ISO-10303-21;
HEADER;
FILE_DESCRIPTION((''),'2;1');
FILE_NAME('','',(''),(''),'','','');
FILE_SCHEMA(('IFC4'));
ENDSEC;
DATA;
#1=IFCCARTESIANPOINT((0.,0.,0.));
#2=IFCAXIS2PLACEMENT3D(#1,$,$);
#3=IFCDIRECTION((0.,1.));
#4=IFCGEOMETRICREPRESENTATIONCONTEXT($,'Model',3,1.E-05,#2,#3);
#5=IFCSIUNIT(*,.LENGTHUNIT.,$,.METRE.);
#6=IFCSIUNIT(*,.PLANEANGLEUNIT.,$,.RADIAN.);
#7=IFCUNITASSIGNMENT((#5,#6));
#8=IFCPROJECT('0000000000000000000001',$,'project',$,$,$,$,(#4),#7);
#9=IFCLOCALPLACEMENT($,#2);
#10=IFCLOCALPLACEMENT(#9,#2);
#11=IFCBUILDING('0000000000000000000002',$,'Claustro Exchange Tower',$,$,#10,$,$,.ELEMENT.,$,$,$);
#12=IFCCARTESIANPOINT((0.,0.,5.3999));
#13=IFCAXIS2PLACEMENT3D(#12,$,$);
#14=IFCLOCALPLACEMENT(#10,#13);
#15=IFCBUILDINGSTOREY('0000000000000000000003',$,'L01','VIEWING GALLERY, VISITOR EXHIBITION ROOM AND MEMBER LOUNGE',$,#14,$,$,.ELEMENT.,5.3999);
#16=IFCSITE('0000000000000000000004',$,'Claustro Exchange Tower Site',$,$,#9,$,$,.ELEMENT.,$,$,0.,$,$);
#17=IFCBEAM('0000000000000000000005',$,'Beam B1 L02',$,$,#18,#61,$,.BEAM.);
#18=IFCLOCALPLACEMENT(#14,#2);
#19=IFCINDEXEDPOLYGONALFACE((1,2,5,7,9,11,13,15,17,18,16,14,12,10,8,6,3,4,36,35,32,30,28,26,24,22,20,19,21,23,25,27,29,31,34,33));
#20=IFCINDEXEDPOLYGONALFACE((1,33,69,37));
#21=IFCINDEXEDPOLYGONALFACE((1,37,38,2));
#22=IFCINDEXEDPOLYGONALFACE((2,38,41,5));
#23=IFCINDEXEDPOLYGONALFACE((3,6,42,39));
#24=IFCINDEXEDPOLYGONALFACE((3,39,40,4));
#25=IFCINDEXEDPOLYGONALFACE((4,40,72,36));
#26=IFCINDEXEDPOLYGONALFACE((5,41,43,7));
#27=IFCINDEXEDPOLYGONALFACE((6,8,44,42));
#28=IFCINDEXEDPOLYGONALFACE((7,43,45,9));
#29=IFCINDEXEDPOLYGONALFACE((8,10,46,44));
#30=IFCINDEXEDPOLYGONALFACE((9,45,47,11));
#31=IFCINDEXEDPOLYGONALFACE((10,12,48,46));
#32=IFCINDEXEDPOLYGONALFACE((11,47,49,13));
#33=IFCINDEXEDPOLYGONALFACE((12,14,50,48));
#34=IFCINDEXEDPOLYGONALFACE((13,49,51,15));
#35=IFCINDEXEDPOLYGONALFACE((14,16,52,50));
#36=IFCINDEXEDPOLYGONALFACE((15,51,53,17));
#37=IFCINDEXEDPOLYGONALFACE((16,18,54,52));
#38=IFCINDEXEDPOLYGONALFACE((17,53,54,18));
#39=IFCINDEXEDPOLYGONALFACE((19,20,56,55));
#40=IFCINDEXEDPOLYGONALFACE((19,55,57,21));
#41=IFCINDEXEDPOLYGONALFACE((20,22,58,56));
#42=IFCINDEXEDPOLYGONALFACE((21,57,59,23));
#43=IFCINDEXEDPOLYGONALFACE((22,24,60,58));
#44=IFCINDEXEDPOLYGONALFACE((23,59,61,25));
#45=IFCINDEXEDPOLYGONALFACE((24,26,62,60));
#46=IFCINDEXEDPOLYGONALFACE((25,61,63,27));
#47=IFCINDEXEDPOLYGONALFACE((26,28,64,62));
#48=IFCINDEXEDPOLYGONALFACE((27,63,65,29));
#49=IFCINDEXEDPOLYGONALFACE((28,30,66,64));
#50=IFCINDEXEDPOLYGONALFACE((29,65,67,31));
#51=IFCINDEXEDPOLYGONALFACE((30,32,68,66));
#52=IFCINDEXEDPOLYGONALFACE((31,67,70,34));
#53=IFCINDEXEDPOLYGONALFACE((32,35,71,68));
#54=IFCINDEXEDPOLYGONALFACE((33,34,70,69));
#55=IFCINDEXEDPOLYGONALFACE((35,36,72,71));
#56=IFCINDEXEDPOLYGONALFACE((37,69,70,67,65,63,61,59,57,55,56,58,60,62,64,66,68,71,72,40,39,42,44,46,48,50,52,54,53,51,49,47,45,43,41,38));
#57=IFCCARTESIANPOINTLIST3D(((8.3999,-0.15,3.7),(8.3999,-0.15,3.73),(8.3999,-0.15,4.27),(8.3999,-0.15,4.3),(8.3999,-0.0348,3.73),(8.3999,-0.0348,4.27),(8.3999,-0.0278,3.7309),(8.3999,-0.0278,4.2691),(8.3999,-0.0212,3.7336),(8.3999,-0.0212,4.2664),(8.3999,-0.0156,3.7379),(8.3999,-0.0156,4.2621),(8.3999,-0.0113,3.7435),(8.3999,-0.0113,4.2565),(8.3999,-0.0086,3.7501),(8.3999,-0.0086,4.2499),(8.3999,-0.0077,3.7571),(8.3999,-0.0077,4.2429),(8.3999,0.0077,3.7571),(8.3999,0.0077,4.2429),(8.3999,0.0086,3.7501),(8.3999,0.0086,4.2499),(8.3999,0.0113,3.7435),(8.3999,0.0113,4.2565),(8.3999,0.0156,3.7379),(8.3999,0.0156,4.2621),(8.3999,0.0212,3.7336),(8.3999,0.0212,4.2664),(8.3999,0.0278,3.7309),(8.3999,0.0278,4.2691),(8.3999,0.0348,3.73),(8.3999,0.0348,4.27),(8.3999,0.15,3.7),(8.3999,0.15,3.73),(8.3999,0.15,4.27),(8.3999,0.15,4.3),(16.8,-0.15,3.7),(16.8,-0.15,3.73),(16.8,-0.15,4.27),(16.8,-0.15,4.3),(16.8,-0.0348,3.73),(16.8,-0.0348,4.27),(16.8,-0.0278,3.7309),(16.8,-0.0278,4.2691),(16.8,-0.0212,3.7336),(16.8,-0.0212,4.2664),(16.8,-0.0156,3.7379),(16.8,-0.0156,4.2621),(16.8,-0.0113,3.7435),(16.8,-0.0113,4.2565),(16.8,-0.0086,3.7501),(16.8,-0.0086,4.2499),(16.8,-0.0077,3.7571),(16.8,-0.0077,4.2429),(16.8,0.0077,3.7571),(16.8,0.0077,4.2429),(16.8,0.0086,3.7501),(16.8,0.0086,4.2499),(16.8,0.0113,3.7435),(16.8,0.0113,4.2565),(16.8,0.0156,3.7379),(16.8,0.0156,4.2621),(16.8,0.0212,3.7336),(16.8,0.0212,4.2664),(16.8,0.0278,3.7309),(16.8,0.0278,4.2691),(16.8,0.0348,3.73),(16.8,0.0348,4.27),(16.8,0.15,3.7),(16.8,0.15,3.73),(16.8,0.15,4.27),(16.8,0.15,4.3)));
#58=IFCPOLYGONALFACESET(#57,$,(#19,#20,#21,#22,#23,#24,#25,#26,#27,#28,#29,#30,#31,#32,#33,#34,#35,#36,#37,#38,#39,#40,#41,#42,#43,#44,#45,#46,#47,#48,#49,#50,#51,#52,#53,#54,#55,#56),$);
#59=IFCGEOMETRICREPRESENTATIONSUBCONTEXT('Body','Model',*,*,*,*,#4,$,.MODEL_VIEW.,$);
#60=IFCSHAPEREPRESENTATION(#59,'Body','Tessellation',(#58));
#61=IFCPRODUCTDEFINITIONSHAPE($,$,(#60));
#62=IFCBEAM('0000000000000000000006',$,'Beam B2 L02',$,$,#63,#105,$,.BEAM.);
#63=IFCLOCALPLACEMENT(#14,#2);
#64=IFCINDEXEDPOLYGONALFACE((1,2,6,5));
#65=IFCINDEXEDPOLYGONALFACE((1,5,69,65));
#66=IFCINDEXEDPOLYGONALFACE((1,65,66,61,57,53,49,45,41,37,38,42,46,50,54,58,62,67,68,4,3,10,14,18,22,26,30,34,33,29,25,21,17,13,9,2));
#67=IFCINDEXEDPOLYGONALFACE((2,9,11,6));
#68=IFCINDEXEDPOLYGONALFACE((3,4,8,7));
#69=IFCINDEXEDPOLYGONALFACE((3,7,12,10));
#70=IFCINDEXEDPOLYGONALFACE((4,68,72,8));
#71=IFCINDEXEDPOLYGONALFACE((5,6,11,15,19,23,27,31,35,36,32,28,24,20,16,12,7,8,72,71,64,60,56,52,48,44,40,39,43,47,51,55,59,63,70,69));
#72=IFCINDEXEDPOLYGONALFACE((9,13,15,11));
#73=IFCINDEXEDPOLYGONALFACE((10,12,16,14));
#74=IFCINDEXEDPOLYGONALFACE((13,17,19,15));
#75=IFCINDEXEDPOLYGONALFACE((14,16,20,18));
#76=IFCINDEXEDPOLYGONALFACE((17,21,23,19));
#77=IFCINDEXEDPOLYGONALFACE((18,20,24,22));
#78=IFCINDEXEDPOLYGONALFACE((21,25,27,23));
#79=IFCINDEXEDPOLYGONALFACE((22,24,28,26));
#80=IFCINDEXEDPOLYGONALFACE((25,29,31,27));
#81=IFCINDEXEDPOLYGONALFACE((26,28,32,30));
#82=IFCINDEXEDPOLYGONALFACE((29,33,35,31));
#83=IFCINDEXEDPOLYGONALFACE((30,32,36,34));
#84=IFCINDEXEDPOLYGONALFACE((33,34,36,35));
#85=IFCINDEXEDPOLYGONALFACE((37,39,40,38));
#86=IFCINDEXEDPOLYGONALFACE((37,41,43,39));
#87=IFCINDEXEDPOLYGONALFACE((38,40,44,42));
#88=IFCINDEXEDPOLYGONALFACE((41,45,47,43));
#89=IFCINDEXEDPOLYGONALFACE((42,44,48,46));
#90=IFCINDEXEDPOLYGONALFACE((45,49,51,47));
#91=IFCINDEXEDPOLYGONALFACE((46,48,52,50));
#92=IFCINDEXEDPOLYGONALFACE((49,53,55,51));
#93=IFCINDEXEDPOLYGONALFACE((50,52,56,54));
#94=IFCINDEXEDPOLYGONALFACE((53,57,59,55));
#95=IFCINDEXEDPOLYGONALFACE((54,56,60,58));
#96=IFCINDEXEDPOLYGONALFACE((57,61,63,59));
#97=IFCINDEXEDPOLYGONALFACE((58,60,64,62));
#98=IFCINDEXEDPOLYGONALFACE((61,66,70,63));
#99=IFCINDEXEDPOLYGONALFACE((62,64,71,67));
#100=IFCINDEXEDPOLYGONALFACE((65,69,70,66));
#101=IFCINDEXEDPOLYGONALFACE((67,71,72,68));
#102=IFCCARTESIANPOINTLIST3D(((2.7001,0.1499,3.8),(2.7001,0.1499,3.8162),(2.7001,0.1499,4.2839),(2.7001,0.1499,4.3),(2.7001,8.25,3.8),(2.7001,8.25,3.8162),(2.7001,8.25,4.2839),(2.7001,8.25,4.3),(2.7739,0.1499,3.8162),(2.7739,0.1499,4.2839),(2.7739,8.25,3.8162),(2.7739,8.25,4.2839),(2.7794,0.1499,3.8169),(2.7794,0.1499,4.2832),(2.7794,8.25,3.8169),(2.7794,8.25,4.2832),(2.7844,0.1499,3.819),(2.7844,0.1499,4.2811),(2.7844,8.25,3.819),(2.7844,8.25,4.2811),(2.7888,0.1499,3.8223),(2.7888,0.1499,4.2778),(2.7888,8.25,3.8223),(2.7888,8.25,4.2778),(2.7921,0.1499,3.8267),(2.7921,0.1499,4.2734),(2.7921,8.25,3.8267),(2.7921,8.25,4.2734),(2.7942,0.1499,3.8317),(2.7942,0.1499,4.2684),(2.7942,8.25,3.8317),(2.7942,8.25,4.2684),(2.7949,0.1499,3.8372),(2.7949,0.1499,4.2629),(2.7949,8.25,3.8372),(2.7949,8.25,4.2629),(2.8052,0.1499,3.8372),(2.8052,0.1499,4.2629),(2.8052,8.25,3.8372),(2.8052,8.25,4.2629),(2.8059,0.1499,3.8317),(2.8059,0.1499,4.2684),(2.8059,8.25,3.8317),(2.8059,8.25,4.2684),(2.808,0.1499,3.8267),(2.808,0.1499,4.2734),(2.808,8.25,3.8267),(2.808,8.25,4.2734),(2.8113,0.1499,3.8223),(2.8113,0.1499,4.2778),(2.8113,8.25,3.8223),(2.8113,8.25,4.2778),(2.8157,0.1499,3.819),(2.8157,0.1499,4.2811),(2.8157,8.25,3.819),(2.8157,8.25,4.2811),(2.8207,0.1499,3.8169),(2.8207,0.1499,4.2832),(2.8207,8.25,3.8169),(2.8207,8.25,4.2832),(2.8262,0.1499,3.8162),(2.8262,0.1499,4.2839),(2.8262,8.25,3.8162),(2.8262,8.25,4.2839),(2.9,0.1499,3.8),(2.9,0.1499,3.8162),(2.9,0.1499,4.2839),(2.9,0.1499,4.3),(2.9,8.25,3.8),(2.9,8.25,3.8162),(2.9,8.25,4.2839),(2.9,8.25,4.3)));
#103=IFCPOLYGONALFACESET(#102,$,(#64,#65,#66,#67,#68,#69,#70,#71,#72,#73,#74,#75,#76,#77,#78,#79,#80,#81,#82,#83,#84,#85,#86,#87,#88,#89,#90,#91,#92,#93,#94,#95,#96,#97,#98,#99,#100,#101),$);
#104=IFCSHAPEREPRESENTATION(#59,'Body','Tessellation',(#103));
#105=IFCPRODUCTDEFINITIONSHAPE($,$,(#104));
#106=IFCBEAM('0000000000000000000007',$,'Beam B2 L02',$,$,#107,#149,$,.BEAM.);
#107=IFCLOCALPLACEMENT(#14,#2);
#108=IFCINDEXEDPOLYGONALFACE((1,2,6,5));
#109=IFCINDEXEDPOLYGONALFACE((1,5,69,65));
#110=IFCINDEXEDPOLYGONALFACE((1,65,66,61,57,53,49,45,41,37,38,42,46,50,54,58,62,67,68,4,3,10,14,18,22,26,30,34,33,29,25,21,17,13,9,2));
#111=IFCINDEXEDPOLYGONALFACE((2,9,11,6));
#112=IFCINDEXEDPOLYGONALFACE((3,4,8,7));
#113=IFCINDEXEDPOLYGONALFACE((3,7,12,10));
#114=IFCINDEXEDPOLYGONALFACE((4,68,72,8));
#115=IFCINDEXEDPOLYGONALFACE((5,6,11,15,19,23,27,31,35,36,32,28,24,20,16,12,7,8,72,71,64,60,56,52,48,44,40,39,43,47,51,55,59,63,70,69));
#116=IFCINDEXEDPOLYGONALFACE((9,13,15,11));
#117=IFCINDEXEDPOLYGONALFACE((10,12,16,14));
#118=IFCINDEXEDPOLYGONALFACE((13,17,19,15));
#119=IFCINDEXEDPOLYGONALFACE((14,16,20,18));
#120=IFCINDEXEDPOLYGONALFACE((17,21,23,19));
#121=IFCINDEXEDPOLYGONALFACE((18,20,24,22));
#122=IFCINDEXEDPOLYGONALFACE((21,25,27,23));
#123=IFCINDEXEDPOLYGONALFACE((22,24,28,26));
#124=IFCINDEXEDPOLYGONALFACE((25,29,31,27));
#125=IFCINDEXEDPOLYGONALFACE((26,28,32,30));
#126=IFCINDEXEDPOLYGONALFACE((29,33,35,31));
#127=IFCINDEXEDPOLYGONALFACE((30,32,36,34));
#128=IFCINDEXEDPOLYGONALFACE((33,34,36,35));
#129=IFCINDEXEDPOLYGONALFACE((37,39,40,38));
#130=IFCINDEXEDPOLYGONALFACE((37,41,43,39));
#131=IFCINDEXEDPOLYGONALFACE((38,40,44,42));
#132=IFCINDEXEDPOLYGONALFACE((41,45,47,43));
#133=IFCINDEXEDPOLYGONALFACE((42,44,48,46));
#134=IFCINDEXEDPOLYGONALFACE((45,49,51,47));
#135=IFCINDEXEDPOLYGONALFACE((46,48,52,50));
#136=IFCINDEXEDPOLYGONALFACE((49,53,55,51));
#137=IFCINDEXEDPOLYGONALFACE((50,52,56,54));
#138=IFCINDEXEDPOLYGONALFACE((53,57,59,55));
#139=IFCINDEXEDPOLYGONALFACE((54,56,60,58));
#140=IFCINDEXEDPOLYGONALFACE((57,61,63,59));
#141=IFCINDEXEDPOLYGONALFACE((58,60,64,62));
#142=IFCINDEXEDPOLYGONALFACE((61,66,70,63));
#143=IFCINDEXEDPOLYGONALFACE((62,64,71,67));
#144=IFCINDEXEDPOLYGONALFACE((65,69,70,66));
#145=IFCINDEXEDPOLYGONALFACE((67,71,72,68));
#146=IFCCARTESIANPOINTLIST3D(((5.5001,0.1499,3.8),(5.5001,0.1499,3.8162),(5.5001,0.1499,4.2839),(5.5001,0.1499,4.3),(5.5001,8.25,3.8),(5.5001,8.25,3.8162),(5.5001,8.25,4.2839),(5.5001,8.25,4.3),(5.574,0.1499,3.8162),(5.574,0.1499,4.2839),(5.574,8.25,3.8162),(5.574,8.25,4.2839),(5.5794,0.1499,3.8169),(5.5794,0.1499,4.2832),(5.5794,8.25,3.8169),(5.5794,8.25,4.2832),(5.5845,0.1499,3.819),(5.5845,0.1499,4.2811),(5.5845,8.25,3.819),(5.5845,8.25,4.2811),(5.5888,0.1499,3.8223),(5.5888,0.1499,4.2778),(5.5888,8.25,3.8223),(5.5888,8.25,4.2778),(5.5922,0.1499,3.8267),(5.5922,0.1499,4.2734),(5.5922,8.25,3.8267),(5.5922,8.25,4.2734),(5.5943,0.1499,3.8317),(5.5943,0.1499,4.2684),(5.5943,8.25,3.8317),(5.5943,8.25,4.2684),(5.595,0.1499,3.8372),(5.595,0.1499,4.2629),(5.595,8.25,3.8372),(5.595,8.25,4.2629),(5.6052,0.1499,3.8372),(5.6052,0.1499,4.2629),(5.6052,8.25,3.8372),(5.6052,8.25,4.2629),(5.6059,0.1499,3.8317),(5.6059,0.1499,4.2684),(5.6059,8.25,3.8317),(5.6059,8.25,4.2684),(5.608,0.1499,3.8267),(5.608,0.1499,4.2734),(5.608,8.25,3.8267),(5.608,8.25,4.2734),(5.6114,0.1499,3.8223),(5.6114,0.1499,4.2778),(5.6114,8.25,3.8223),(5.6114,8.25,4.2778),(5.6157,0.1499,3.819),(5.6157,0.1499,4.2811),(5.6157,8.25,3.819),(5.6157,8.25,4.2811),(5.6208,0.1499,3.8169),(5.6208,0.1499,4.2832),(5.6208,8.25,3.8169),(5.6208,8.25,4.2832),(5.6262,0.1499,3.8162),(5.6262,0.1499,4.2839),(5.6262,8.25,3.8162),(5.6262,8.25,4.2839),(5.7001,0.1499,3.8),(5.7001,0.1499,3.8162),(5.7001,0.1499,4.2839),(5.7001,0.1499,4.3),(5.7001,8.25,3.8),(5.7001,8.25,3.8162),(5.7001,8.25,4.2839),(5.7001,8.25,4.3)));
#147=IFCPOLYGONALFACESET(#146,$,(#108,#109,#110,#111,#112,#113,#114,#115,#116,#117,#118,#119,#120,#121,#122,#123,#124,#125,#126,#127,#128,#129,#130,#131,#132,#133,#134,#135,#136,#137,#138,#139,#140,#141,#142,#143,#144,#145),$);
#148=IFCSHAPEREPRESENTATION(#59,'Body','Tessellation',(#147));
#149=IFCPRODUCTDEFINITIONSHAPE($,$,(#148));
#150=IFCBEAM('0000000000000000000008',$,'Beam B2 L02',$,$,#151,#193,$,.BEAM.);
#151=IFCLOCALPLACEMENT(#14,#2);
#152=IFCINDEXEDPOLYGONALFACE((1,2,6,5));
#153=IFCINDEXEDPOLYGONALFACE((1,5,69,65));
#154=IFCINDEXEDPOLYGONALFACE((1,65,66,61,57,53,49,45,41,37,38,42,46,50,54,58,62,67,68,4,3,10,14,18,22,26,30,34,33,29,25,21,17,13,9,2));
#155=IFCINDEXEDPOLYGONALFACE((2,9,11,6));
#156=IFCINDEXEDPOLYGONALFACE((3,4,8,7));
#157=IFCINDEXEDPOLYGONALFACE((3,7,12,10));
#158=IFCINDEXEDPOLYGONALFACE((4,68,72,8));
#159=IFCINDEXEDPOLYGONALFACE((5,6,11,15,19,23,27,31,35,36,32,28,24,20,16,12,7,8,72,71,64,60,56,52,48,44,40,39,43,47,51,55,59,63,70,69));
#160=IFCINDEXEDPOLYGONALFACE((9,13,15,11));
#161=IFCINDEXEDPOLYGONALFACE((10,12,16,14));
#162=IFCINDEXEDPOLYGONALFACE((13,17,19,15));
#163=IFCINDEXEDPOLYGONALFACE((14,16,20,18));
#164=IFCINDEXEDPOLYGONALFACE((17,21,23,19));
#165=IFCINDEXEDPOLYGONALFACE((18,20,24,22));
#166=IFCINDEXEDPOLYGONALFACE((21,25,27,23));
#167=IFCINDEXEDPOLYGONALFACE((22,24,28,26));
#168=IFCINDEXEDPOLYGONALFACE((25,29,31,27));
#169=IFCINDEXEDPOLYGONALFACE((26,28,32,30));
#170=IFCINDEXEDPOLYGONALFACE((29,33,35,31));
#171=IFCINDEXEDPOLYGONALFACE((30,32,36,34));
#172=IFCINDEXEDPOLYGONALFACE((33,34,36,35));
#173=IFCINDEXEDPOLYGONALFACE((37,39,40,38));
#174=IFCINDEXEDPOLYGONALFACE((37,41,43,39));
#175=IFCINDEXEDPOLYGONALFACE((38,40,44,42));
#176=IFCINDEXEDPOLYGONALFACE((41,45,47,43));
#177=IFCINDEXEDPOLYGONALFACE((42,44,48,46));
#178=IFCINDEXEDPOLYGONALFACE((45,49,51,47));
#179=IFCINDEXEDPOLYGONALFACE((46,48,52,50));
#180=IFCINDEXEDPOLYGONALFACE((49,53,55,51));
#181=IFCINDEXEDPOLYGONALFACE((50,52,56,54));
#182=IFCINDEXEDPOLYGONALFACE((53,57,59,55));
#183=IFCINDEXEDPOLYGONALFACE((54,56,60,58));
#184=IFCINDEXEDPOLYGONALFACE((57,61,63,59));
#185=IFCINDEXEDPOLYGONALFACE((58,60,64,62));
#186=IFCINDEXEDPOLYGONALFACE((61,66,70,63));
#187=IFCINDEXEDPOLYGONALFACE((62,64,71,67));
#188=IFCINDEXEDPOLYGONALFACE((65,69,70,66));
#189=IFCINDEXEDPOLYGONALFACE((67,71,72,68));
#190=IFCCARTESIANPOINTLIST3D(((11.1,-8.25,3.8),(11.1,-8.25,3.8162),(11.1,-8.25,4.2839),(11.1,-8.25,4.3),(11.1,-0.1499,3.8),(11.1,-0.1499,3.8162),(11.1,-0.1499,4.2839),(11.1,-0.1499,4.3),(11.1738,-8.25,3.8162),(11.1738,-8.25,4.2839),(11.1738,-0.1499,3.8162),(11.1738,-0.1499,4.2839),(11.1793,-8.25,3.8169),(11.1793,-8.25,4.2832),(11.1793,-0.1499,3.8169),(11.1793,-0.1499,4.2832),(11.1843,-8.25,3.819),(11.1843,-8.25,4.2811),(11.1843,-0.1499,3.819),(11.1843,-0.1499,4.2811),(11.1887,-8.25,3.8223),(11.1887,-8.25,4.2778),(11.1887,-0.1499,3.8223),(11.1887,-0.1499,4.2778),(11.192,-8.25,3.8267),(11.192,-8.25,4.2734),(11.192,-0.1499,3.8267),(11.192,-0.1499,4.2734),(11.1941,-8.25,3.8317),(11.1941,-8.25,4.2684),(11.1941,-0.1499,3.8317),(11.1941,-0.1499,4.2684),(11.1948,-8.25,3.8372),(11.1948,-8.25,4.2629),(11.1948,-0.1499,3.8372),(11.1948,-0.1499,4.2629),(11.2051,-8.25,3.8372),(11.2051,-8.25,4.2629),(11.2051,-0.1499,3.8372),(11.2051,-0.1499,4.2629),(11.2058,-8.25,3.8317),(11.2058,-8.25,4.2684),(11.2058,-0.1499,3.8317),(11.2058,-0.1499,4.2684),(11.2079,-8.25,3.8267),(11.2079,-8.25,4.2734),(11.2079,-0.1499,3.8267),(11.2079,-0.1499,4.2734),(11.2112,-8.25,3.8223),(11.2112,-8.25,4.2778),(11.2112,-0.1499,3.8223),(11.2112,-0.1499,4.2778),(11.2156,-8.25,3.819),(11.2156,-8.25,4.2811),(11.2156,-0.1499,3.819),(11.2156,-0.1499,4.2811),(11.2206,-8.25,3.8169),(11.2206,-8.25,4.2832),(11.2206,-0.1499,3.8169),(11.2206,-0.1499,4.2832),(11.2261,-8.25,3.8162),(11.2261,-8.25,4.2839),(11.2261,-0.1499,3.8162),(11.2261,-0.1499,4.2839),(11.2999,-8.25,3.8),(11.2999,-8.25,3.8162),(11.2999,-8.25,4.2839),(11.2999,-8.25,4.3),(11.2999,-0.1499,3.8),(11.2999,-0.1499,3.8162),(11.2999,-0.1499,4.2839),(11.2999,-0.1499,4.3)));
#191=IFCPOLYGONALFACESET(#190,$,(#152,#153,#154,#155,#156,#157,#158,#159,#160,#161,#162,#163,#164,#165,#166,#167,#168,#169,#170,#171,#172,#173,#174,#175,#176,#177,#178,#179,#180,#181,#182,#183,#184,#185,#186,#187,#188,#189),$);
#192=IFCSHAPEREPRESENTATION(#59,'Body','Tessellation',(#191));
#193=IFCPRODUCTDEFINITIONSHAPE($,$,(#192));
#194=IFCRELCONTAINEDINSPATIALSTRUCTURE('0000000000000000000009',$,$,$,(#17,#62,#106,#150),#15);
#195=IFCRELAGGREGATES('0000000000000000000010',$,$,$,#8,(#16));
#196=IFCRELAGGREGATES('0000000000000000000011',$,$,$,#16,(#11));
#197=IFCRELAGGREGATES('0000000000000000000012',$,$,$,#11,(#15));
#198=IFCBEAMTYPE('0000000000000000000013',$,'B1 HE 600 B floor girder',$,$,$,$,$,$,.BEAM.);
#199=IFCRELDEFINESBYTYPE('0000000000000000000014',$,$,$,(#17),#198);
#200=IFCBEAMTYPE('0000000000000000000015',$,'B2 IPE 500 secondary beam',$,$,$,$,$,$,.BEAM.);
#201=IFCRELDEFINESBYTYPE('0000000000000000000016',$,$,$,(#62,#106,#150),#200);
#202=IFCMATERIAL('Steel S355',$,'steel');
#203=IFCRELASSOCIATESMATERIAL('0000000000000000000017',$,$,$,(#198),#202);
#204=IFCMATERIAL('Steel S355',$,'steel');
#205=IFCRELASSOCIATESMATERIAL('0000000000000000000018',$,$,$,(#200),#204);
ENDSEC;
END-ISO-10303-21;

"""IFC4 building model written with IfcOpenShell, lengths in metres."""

from ifc_helpers import new_model, si_unit, direction, frame, origin, origin_2d, place, context, subcontext, project, spatial, i_section, extrude, material, material_profile, profile_set, type_object, element, save


model = new_model("IFC4")

# Units and contexts
model_context = context("Model", 3, precision=1e-05, world=origin(), true_north=direction((0.0, 1.0)))
body_context = subcontext(model_context, "Body", "Model", "MODEL_VIEW")
ifc_project = project(units=[si_unit("LENGTHUNIT", "METRE"), si_unit("PLANEANGLEUNIT", "RADIAN")], contexts=[model_context])

# Site, building, storey
site_placement = place(None, origin())
site = spatial("IfcSite", under=ifc_project, at=site_placement, Name="Claustro Exchange Tower Site", CompositionType="ELEMENT", RefElevation=0.0)
building_placement = place(site_placement, origin())
building = spatial("IfcBuilding", under=site, at=building_placement, Name="Claustro Exchange Tower", CompositionType="ELEMENT")
storey_placement = place(building_placement, frame((0.0, 0.0, 5.3999)))
storey = spatial("IfcBuildingStorey", under=building, at=storey_placement, Name="L01", Description="VIEWING GALLERY, VISITOR EXHIBITION ROOM AND MEMBER LOUNGE", CompositionType="ELEMENT", Elevation=5.3999)

# Beams
ifc_material_1 = material(Name="Steel S355", Category="steel")
ifc_material_profile_1 = material_profile(ifc_material_1, i_section(OverallWidth=0.3, OverallDepth=0.6001, WebThickness=0.0154, FlangeThickness=0.03, FilletRadius=0.0271, at=origin_2d()), Name="HE 600 B")
ifc_profile_set_1 = profile_set([ifc_material_profile_1], Name="Steel S355")
beam_type_1 = type_object("IfcBeamType", Name="B1 HE 600 B floor girder", PredefinedType="BEAM", material=ifc_profile_set_1)
for number, where, z_axis, x_axis, name in (
    (1, (8.3999, 0.0, 4.0), (1.0, 0.0, 0.0), (0.0, 1.0, 0.0), "Beam B1 L02"),
):
    element("IfcBeam", number, at=place(storey_placement, frame(where, z_axis=z_axis, x_axis=x_axis)), inside=storey, type_object=beam_type_1, Name=name, PredefinedType="BEAM", context=body_context, shape_type="SweptSolid", body=[
        extrude(i_section(OverallWidth=0.3, OverallDepth=0.6001, WebThickness=0.0154, FlangeThickness=0.03, FilletRadius=0.0271, at=origin_2d()), origin(), (0.0, 0.0, 1.0), 8.4001),
    ])
ifc_material_2 = material(Name="Steel S355", Category="steel")
ifc_material_profile_2 = material_profile(ifc_material_2, i_section(OverallWidth=0.2, OverallDepth=0.5, WebThickness=0.0103, FlangeThickness=0.0161, FilletRadius=0.021, at=origin_2d()), Name="IPE 500")
ifc_profile_set_2 = profile_set([ifc_material_profile_2], Name="Steel S355")
beam_type_2 = type_object("IfcBeamType", Name="B2 IPE 500 secondary beam", PredefinedType="BEAM", material=ifc_profile_set_2)
for number, where, z_axis, x_axis, name in (
    (2, (2.8, 0.1499, 4.05), (0.0, 1.0, 0.0), (-1.0, 0.0, 0.0), "Beam B2 L02"),
    (3, (5.6001, 0.1499, 4.05), (0.0, 1.0, 0.0), (-1.0, 0.0, 0.0), "Beam B2 L02"),
    (4, (11.2, -8.25, 4.05), (0.0, 1.0, 0.0), (-1.0, 0.0, 0.0), "Beam B2 L02"),
):
    element("IfcBeam", number, at=place(storey_placement, frame(where, z_axis=z_axis, x_axis=x_axis)), inside=storey, type_object=beam_type_2, Name=name, PredefinedType="BEAM", context=body_context, shape_type="SweptSolid", body=[
        extrude(i_section(OverallWidth=0.2, OverallDepth=0.5, WebThickness=0.0103, FlangeThickness=0.0161, FilletRadius=0.021, at=origin_2d()), origin(), (0.0, 0.0, 1.0), 8.1001),
    ])

save(model, "model.ifc")
